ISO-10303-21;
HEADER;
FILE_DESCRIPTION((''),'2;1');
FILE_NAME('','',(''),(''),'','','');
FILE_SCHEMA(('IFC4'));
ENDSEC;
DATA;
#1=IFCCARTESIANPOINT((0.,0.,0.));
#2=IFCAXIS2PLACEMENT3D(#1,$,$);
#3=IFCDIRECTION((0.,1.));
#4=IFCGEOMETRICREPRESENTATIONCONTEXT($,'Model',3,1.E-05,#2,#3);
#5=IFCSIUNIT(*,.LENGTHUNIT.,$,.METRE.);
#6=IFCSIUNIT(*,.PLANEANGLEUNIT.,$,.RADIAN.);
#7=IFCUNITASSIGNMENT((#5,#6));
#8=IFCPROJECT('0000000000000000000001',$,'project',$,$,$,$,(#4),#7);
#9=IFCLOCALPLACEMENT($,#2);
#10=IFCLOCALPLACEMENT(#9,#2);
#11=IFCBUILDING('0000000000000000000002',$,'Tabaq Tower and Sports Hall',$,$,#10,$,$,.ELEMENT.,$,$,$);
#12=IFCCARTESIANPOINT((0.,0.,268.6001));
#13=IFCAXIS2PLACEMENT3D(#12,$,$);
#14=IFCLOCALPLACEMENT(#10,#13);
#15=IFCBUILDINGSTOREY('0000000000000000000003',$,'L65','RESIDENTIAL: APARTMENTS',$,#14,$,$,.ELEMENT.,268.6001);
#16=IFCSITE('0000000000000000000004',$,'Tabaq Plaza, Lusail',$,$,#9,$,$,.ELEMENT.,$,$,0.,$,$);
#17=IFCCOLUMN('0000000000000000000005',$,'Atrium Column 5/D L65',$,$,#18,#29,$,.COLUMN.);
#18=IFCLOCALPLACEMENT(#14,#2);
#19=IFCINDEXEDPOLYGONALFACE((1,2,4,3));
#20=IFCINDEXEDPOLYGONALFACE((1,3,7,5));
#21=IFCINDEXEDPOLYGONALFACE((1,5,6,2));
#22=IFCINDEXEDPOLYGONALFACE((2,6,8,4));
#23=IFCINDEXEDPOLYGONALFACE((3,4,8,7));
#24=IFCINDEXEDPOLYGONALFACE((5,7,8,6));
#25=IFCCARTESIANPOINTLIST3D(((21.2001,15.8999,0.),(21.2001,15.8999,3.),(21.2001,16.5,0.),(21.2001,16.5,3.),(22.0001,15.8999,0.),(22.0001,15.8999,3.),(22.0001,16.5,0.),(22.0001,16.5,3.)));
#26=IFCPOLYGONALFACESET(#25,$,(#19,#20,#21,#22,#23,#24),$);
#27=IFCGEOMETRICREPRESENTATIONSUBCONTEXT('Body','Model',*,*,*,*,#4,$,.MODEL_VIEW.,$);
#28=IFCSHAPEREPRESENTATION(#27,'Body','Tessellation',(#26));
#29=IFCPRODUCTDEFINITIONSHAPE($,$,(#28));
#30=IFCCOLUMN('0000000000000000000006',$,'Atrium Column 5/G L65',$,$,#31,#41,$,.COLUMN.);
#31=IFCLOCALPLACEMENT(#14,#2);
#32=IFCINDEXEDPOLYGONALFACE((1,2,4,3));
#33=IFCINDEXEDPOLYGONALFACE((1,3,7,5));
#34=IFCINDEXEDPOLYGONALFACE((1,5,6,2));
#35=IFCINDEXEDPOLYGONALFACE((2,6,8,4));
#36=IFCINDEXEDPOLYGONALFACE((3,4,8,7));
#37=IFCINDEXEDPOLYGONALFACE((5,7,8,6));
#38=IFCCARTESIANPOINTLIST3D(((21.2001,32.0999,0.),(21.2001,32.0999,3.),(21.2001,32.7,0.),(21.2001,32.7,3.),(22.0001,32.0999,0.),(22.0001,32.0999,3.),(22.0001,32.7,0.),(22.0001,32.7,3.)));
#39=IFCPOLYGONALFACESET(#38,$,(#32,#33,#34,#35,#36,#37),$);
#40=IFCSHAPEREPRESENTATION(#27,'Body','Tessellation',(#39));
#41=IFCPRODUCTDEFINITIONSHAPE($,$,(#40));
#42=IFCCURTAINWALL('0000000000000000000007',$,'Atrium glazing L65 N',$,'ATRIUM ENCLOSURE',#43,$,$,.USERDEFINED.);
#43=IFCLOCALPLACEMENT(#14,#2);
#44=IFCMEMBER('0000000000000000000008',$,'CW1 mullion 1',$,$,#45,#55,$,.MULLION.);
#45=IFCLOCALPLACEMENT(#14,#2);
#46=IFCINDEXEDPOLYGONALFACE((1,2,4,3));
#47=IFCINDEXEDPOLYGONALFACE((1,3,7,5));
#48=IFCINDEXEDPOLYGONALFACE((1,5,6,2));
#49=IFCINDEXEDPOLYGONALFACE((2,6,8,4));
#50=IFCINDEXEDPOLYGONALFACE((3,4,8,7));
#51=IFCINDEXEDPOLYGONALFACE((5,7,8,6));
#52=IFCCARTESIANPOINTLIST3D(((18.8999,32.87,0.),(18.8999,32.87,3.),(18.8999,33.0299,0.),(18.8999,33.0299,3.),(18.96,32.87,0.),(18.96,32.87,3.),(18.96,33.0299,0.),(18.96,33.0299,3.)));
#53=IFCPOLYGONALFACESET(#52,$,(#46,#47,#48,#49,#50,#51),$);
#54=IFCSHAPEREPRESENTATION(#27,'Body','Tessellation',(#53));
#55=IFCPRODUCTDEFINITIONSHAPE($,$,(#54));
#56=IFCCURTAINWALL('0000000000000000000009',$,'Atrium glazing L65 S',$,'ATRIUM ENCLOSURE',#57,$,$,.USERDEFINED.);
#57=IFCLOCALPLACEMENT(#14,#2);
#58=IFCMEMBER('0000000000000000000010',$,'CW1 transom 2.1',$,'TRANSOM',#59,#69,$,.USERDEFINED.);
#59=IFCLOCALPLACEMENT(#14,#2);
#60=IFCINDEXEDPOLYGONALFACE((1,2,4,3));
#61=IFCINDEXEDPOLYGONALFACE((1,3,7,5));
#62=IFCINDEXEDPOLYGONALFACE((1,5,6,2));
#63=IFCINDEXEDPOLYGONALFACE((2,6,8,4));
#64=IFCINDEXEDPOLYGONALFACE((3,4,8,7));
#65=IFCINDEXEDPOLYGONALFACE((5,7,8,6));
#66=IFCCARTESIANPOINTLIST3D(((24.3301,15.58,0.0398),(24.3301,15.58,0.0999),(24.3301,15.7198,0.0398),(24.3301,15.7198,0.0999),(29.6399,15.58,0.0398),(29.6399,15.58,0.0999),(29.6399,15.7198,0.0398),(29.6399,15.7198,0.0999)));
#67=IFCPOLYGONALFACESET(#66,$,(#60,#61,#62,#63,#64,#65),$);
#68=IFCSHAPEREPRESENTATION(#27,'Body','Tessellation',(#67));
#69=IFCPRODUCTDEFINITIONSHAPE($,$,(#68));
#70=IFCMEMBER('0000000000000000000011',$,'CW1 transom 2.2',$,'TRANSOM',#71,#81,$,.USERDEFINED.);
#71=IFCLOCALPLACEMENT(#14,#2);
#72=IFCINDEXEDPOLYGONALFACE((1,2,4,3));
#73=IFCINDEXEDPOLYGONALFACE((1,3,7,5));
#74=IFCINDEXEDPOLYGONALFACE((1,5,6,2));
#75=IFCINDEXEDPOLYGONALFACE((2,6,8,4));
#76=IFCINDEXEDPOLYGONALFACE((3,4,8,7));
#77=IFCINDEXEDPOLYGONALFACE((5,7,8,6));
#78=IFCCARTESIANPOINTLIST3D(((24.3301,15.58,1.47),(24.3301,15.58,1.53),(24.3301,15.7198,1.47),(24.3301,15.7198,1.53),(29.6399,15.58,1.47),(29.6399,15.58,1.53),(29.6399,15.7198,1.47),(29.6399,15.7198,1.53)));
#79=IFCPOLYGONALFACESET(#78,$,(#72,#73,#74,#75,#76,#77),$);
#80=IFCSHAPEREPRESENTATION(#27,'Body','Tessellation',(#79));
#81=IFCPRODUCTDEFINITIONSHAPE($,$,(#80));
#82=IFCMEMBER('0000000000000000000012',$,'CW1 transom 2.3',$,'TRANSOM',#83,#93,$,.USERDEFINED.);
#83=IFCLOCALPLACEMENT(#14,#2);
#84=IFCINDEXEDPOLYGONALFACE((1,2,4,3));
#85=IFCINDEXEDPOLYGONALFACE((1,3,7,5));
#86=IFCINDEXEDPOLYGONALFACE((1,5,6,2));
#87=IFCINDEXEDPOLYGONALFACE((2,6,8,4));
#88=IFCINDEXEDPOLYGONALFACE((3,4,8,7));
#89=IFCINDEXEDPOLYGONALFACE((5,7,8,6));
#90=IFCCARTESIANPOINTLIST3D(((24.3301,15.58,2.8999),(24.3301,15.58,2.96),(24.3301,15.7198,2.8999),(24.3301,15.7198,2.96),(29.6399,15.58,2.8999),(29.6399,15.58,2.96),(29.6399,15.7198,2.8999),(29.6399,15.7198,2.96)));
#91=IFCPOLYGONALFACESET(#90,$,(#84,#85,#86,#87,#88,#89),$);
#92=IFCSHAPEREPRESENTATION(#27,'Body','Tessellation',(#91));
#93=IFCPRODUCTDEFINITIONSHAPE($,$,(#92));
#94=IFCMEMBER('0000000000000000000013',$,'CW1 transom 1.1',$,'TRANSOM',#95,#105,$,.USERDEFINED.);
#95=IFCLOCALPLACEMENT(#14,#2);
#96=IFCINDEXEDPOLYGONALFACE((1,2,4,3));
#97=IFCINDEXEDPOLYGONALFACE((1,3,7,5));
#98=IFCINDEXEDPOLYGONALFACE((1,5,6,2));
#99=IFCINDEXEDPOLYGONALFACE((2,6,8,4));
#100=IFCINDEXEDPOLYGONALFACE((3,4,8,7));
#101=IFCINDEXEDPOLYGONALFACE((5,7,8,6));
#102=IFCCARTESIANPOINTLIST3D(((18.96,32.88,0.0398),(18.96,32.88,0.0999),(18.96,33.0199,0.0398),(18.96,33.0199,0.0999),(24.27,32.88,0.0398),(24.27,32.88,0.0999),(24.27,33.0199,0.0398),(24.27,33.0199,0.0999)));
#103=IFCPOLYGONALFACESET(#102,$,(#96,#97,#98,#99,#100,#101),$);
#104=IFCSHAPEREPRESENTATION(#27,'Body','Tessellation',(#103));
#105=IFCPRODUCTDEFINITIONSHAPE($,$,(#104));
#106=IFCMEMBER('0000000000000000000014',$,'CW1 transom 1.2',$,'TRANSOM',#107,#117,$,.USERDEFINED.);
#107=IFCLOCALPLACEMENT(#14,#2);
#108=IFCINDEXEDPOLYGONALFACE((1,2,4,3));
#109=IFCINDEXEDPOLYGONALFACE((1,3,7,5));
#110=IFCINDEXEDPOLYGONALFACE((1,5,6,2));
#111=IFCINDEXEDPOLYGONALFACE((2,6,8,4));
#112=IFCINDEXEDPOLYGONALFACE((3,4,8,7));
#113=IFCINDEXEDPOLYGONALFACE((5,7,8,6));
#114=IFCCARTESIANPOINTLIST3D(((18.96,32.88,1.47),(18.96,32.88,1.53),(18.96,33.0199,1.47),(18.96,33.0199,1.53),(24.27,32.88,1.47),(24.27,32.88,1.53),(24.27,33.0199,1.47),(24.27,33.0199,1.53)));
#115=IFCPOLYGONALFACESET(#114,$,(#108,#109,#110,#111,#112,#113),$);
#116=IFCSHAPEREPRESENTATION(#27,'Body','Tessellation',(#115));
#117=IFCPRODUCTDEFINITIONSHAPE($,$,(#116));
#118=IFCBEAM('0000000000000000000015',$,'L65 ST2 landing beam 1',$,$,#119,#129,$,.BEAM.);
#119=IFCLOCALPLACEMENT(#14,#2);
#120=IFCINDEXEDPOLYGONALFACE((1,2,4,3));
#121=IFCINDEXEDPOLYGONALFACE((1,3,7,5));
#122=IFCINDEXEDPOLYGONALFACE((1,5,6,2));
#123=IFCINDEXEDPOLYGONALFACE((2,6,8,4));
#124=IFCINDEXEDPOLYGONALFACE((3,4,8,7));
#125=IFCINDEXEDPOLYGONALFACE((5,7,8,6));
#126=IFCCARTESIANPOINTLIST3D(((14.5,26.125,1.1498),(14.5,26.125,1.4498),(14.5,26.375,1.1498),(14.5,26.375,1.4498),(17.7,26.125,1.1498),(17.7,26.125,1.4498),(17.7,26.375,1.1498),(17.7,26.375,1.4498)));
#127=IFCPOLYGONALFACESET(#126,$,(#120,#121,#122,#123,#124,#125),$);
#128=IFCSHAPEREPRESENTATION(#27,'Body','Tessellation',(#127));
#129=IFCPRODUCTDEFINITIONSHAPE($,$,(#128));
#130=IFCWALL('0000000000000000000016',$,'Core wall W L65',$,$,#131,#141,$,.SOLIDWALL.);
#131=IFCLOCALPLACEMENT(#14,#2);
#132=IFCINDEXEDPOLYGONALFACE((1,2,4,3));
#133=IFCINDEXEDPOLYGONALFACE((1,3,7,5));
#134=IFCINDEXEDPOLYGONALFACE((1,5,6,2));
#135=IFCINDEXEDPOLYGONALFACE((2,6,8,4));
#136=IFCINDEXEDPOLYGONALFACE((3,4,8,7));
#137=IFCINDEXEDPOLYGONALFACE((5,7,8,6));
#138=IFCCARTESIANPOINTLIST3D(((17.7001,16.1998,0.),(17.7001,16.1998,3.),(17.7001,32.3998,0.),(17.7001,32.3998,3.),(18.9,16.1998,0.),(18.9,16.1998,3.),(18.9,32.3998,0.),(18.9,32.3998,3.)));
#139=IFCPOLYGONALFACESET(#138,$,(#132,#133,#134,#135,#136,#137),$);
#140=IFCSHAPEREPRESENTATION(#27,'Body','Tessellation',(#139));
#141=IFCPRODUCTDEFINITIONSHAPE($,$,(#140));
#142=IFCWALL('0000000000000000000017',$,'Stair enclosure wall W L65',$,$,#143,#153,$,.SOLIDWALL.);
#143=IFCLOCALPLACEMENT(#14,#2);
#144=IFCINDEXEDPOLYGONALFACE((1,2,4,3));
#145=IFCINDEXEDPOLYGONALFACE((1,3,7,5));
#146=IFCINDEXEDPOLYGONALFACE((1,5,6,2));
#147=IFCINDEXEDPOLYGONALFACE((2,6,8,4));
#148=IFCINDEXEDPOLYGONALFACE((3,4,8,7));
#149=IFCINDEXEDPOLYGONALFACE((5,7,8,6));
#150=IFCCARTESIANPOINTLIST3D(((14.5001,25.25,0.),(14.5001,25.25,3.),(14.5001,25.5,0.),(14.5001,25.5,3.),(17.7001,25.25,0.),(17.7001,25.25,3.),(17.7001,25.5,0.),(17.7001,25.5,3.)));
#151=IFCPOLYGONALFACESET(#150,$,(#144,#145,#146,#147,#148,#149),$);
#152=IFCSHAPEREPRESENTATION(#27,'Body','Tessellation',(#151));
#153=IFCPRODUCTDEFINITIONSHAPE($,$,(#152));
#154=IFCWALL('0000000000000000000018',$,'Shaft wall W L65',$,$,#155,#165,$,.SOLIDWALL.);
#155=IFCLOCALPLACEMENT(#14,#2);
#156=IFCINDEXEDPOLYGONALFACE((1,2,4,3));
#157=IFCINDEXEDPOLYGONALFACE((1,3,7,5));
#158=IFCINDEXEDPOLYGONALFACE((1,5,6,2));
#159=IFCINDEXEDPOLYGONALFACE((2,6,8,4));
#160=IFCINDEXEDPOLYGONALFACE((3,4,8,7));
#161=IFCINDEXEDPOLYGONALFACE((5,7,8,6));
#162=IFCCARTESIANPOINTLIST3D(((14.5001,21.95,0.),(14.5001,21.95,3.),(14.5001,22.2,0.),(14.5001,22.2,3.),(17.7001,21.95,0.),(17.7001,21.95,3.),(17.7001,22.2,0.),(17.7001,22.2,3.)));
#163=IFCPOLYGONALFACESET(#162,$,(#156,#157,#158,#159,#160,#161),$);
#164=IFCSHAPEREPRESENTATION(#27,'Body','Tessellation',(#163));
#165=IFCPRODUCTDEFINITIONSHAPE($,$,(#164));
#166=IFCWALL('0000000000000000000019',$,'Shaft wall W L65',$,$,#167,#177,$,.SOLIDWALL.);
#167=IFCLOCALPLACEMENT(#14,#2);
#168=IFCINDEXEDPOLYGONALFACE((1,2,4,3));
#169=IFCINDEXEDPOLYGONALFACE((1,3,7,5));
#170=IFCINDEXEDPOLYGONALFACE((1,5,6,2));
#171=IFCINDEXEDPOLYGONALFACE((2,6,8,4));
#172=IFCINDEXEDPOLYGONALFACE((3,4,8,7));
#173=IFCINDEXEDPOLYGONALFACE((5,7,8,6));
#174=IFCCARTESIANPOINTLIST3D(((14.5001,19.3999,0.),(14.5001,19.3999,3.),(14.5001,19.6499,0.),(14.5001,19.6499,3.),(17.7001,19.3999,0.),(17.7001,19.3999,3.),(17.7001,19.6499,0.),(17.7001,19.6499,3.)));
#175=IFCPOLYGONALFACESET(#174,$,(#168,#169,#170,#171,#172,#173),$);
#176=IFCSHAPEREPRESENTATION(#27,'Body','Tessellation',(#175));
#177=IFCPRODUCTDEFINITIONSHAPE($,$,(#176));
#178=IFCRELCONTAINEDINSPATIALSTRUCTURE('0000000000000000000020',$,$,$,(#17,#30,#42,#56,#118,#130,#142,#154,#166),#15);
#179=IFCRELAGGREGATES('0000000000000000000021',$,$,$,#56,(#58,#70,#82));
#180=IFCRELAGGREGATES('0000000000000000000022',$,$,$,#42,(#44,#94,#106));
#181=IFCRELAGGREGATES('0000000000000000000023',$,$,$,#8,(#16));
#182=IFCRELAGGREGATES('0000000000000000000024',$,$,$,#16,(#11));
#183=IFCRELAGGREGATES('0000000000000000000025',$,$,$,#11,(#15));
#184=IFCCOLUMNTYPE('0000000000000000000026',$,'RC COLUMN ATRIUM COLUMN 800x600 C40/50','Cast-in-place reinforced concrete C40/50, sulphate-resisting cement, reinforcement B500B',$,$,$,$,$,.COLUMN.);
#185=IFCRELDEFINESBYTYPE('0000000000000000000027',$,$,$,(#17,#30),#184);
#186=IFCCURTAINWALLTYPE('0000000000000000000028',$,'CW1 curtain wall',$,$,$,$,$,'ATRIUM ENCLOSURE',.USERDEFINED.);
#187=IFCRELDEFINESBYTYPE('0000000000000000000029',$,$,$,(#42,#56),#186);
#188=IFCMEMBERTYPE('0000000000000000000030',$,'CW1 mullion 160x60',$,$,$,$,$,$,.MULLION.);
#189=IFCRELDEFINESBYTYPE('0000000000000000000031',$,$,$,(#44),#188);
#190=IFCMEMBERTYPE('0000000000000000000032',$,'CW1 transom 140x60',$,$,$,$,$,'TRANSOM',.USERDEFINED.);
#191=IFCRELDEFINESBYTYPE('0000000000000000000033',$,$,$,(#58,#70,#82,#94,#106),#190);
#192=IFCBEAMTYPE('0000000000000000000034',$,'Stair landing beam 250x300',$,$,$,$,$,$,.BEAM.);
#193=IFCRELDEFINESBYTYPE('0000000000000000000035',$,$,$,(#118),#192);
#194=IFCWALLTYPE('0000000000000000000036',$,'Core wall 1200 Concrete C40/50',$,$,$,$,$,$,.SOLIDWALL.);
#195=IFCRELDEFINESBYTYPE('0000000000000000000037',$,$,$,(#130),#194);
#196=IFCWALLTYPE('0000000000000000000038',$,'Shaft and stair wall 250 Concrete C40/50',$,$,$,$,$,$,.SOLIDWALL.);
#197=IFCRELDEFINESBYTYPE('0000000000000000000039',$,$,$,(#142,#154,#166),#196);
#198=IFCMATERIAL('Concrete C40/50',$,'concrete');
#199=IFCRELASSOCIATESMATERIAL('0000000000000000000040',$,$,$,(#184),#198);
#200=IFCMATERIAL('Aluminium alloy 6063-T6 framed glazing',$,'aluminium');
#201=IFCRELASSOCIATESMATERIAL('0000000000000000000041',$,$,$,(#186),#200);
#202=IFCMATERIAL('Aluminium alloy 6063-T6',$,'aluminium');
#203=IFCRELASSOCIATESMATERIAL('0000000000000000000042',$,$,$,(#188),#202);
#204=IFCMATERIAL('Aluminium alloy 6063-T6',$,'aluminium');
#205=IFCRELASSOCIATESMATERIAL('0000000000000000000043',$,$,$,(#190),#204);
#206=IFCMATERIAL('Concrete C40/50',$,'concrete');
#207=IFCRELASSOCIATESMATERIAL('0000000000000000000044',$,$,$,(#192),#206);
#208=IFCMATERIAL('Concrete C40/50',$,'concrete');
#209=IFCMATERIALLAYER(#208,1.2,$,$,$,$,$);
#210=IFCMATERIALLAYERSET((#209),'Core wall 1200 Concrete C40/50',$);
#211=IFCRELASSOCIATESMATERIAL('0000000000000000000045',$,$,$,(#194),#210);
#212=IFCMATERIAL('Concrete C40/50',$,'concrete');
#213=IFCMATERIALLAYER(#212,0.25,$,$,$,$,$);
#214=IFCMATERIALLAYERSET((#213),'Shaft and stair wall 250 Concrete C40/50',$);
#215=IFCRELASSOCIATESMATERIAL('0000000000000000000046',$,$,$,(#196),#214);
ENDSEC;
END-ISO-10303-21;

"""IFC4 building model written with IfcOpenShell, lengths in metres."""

from ifc_helpers import new_model, si_unit, direction, frame, frame_2d, origin, origin_2d, place, context, subcontext, project, spatial, rectangle, extrude, material, layer, layer_set, material_profile, profile_set, type_object, element, aggregate, save


model = new_model("IFC4")

# Units and contexts
model_context = context("Model", 3, precision=1e-05, world=origin(), true_north=direction((0.0, 1.0)))
body_context = subcontext(model_context, "Body", "Model", "MODEL_VIEW")
ifc_project = project(units=[si_unit("LENGTHUNIT", "METRE"), si_unit("PLANEANGLEUNIT", "RADIAN")], contexts=[model_context])

# Site, building, storey
site_placement = place(None, origin())
site = spatial("IfcSite", under=ifc_project, at=site_placement, Name="Tabaq Plaza, Lusail", CompositionType="ELEMENT", RefElevation=0.0)
building_placement = place(site_placement, origin())
building = spatial("IfcBuilding", under=site, at=building_placement, Name="Tabaq Tower and Sports Hall", CompositionType="ELEMENT")
storey_placement = place(building_placement, frame((0.0, 0.0, 268.6001)))
storey = spatial("IfcBuildingStorey", under=building, at=storey_placement, Name="L65", Description="RESIDENTIAL: APARTMENTS", CompositionType="ELEMENT", Elevation=268.6001)

# Columns
ifc_material_1 = material(Name="Concrete C40/50", Category="concrete")
ifc_material_profile_1 = material_profile(ifc_material_1, rectangle(XDim=0.8, YDim=0.6001, at=origin_2d()), Name="ATRIUM COLUMN 800x600")
ifc_profile_set_1 = profile_set([ifc_material_profile_1], Name="Concrete C40/50")
column_type = type_object("IfcColumnType", Name="RC COLUMN ATRIUM COLUMN 800x600 C40/50", Description="Cast-in-place reinforced concrete C40/50, sulphate-resisting cement, reinforcement B500B", PredefinedType="COLUMN", material=ifc_profile_set_1)
for number, where, z_axis, x_axis, name in (
    (1, (21.6001, 16.2, 0.0), (0.0, 0.0, 1.0), (1.0, 0.0, 0.0), "Atrium Column 5/D L65"),
    (2, (21.6001, 32.3999, 0.0), (0.0, 0.0, 1.0), (1.0, 0.0, 0.0), "Atrium Column 5/G L65"),
):
    element("IfcColumn", number, at=place(storey_placement, frame(where, z_axis=z_axis, x_axis=x_axis)), inside=storey, type_object=column_type, Name=name, PredefinedType="COLUMN", context=body_context, shape_type="SweptSolid", body=[
        extrude(rectangle(XDim=0.8, YDim=0.6001, at=origin_2d()), origin(), (0.0, 0.0, 1.0), 3.0),
    ])

# Curtain wall, member
ifc_material_2 = material(Name="Aluminium alloy 6063-T6 framed glazing", Category="aluminium")
curtain_wall_type = type_object("IfcCurtainWallType", Name="CW1 curtain wall", ElementType="ATRIUM ENCLOSURE", PredefinedType="USERDEFINED", material=ifc_material_2)
curtain_wall_1_placement = place(storey_placement, origin())
curtain_wall_1 = element("IfcCurtainWall", 3, at=curtain_wall_1_placement, inside=storey, type_object=curtain_wall_type, Name="Atrium glazing L65 N", ObjectType="ATRIUM ENCLOSURE", PredefinedType="USERDEFINED")
ifc_material_3 = material(Name="Aluminium alloy 6063-T6", Category="aluminium")
ifc_material_profile_2 = material_profile(ifc_material_3, rectangle(XDim=0.1599, YDim=0.0601, at=origin_2d()), Name="MULLION 160x60")
ifc_profile_set_2 = profile_set([ifc_material_profile_2], Name="Aluminium alloy 6063-T6")
member_type_1 = type_object("IfcMemberType", Name="CW1 mullion 160x60", PredefinedType="MULLION", material=ifc_profile_set_2)
member_1_placement = place(storey_placement, frame((18.9299, 32.95, 0.0), z_axis=(0.0, 0.0, 1.0), x_axis=(0.0, 1.0, 0.0)))
member_1 = element("IfcMember", 4, at=member_1_placement, type_object=member_type_1, Name="CW1 mullion 1", PredefinedType="MULLION", context=body_context, shape_type="SweptSolid", body=[
    extrude(rectangle(XDim=0.1599, YDim=0.0601, at=origin_2d()), origin(), (0.0, 0.0, 1.0), 3.0),
])

# Curtain wall, members
curtain_wall_2_placement = place(storey_placement, origin())
curtain_wall_2 = element("IfcCurtainWall", 5, at=curtain_wall_2_placement, inside=storey, type_object=curtain_wall_type, Name="Atrium glazing L65 S", ObjectType="ATRIUM ENCLOSURE", PredefinedType="USERDEFINED")
ifc_material_4 = material(Name="Aluminium alloy 6063-T6", Category="aluminium")
ifc_material_profile_3 = material_profile(ifc_material_4, rectangle(XDim=0.1399, YDim=0.0601, at=origin_2d()), Name="TRANSOM 140x60")
ifc_profile_set_3 = profile_set([ifc_material_profile_3], Name="Aluminium alloy 6063-T6")
member_type_2 = type_object("IfcMemberType", Name="CW1 transom 140x60", ElementType="TRANSOM", PredefinedType="USERDEFINED", material=ifc_profile_set_3)
member_2_placement = place(storey_placement, frame((24.3301, 15.6499, 0.0698), z_axis=(1.0, 0.0, 0.0), x_axis=(0.0, 1.0, 0.0)))
member_2 = element("IfcMember", 6, at=member_2_placement, type_object=member_type_2, Name="CW1 transom 2.1", ObjectType="TRANSOM", PredefinedType="USERDEFINED", context=body_context, shape_type="SweptSolid", body=[
    extrude(rectangle(XDim=0.1399, YDim=0.0601, at=origin_2d()), origin(), (0.0, 0.0, 1.0), 5.3098),
])
member_3_placement = place(storey_placement, frame((24.3301, 15.6499, 1.5), z_axis=(1.0, 0.0, 0.0), x_axis=(0.0, 1.0, 0.0)))
member_3 = element("IfcMember", 7, at=member_3_placement, type_object=member_type_2, Name="CW1 transom 2.2", ObjectType="TRANSOM", PredefinedType="USERDEFINED", context=body_context, shape_type="SweptSolid", body=[
    extrude(rectangle(XDim=0.1399, YDim=0.0601, at=origin_2d()), origin(), (0.0, 0.0, 1.0), 5.3098),
])
member_4_placement = place(storey_placement, frame((24.3301, 15.6499, 2.9299), z_axis=(1.0, 0.0, 0.0), x_axis=(0.0, 1.0, 0.0)))
member_4 = element("IfcMember", 8, at=member_4_placement, type_object=member_type_2, Name="CW1 transom 2.3", ObjectType="TRANSOM", PredefinedType="USERDEFINED", context=body_context, shape_type="SweptSolid", body=[
    extrude(rectangle(XDim=0.1399, YDim=0.0601, at=origin_2d()), origin(), (0.0, 0.0, 1.0), 5.3098),
])
aggregate(curtain_wall_2, [member_2, member_3, member_4])

# Members
member_5_placement = place(storey_placement, frame((18.96, 32.95, 0.0698), z_axis=(1.0, 0.0, 0.0), x_axis=(0.0, 1.0, 0.0)))
member_5 = element("IfcMember", 9, at=member_5_placement, type_object=member_type_2, Name="CW1 transom 1.1", ObjectType="TRANSOM", PredefinedType="USERDEFINED", context=body_context, shape_type="SweptSolid", body=[
    extrude(rectangle(XDim=0.1399, YDim=0.0601, at=origin_2d()), origin(), (0.0, 0.0, 1.0), 5.3101),
])
member_6_placement = place(storey_placement, frame((18.96, 32.95, 1.5), z_axis=(1.0, 0.0, 0.0), x_axis=(0.0, 1.0, 0.0)))
member_6 = element("IfcMember", 10, at=member_6_placement, type_object=member_type_2, Name="CW1 transom 1.2", ObjectType="TRANSOM", PredefinedType="USERDEFINED", context=body_context, shape_type="SweptSolid", body=[
    extrude(rectangle(XDim=0.1399, YDim=0.0601, at=origin_2d()), origin(), (0.0, 0.0, 1.0), 5.3101),
])
aggregate(curtain_wall_1, [member_1, member_5, member_6])

# Beam
ifc_material_5 = material(Name="Concrete C40/50", Category="concrete")
ifc_material_profile_4 = material_profile(ifc_material_5, rectangle(XDim=0.25, YDim=0.3, at=origin_2d()), Name="RC 250x300")
ifc_profile_set_4 = profile_set([ifc_material_profile_4], Name="Concrete C40/50")
beam_type = type_object("IfcBeamType", Name="Stair landing beam 250x300", PredefinedType="BEAM", material=ifc_profile_set_4)
beam_placement = place(storey_placement, frame((14.5, 26.25, 1.2998), z_axis=(1.0, 0.0, 0.0), x_axis=(0.0, 1.0, 0.0)))
element("IfcBeam", 11, at=beam_placement, inside=storey, type_object=beam_type, Name="L65 ST2 landing beam 1", PredefinedType="BEAM", context=body_context, shape_type="SweptSolid", body=[
    extrude(rectangle(XDim=0.25, YDim=0.3, at=origin_2d()), origin(), (0.0, 0.0, 1.0), 3.2),
])

# Wall
ifc_material_6 = material(Name="Concrete C40/50", Category="concrete")
ifc_layer_1 = layer(ifc_material_6, 1.2)
ifc_layer_set_1 = layer_set([ifc_layer_1], Name="Core wall 1200 Concrete C40/50")
wall_type_1 = type_object("IfcWallType", Name="Core wall 1200 Concrete C40/50", PredefinedType="SOLIDWALL", material=ifc_layer_set_1)
wall_1_placement = place(storey_placement, frame((18.3, 32.3999, 0.0), z_axis=(0.0, 0.0, 1.0), x_axis=(0.0, -1.0, 0.0)))
element("IfcWall", 12, at=wall_1_placement, inside=storey, type_object=wall_type_1, Name="Core wall W L65", PredefinedType="SOLIDWALL", context=body_context, shape_type="SweptSolid", body=[
    extrude(rectangle(XDim=16.2, YDim=1.2, at=frame_2d((8.1001, 0.0))), origin(), (0.0, 0.0, 1.0), 3.0),
])

# Walls
ifc_material_7 = material(Name="Concrete C40/50", Category="concrete")
ifc_layer_2 = layer(ifc_material_7, 0.25)
ifc_layer_set_2 = layer_set([ifc_layer_2], Name="Shaft and stair wall 250 Concrete C40/50")
wall_type_2 = type_object("IfcWallType", Name="Shaft and stair wall 250 Concrete C40/50", PredefinedType="SOLIDWALL", material=ifc_layer_set_2)
for number, where, z_axis, x_axis, name in (
    (13, (14.5, 25.375, 0.0), (0.0, 0.0, 1.0), (1.0, 0.0, 0.0), "Stair enclosure wall W L65"),
    (14, (14.5, 22.075, 0.0), (0.0, 0.0, 1.0), (1.0, 0.0, 0.0), "Shaft wall W L65"),
    (15, (14.5, 19.5249, 0.0), (0.0, 0.0, 1.0), (1.0, 0.0, 0.0), "Shaft wall W L65"),
):
    element("IfcWall", number, at=place(storey_placement, frame(where, z_axis=z_axis, x_axis=x_axis)), inside=storey, type_object=wall_type_2, Name=name, PredefinedType="SOLIDWALL", context=body_context, shape_type="SweptSolid", body=[
        extrude(rectangle(XDim=3.2, YDim=0.25, at=frame_2d((1.6001, 0.0))), origin(), (0.0, 0.0, 1.0), 3.0),
    ])

save(model, "model.ifc")
